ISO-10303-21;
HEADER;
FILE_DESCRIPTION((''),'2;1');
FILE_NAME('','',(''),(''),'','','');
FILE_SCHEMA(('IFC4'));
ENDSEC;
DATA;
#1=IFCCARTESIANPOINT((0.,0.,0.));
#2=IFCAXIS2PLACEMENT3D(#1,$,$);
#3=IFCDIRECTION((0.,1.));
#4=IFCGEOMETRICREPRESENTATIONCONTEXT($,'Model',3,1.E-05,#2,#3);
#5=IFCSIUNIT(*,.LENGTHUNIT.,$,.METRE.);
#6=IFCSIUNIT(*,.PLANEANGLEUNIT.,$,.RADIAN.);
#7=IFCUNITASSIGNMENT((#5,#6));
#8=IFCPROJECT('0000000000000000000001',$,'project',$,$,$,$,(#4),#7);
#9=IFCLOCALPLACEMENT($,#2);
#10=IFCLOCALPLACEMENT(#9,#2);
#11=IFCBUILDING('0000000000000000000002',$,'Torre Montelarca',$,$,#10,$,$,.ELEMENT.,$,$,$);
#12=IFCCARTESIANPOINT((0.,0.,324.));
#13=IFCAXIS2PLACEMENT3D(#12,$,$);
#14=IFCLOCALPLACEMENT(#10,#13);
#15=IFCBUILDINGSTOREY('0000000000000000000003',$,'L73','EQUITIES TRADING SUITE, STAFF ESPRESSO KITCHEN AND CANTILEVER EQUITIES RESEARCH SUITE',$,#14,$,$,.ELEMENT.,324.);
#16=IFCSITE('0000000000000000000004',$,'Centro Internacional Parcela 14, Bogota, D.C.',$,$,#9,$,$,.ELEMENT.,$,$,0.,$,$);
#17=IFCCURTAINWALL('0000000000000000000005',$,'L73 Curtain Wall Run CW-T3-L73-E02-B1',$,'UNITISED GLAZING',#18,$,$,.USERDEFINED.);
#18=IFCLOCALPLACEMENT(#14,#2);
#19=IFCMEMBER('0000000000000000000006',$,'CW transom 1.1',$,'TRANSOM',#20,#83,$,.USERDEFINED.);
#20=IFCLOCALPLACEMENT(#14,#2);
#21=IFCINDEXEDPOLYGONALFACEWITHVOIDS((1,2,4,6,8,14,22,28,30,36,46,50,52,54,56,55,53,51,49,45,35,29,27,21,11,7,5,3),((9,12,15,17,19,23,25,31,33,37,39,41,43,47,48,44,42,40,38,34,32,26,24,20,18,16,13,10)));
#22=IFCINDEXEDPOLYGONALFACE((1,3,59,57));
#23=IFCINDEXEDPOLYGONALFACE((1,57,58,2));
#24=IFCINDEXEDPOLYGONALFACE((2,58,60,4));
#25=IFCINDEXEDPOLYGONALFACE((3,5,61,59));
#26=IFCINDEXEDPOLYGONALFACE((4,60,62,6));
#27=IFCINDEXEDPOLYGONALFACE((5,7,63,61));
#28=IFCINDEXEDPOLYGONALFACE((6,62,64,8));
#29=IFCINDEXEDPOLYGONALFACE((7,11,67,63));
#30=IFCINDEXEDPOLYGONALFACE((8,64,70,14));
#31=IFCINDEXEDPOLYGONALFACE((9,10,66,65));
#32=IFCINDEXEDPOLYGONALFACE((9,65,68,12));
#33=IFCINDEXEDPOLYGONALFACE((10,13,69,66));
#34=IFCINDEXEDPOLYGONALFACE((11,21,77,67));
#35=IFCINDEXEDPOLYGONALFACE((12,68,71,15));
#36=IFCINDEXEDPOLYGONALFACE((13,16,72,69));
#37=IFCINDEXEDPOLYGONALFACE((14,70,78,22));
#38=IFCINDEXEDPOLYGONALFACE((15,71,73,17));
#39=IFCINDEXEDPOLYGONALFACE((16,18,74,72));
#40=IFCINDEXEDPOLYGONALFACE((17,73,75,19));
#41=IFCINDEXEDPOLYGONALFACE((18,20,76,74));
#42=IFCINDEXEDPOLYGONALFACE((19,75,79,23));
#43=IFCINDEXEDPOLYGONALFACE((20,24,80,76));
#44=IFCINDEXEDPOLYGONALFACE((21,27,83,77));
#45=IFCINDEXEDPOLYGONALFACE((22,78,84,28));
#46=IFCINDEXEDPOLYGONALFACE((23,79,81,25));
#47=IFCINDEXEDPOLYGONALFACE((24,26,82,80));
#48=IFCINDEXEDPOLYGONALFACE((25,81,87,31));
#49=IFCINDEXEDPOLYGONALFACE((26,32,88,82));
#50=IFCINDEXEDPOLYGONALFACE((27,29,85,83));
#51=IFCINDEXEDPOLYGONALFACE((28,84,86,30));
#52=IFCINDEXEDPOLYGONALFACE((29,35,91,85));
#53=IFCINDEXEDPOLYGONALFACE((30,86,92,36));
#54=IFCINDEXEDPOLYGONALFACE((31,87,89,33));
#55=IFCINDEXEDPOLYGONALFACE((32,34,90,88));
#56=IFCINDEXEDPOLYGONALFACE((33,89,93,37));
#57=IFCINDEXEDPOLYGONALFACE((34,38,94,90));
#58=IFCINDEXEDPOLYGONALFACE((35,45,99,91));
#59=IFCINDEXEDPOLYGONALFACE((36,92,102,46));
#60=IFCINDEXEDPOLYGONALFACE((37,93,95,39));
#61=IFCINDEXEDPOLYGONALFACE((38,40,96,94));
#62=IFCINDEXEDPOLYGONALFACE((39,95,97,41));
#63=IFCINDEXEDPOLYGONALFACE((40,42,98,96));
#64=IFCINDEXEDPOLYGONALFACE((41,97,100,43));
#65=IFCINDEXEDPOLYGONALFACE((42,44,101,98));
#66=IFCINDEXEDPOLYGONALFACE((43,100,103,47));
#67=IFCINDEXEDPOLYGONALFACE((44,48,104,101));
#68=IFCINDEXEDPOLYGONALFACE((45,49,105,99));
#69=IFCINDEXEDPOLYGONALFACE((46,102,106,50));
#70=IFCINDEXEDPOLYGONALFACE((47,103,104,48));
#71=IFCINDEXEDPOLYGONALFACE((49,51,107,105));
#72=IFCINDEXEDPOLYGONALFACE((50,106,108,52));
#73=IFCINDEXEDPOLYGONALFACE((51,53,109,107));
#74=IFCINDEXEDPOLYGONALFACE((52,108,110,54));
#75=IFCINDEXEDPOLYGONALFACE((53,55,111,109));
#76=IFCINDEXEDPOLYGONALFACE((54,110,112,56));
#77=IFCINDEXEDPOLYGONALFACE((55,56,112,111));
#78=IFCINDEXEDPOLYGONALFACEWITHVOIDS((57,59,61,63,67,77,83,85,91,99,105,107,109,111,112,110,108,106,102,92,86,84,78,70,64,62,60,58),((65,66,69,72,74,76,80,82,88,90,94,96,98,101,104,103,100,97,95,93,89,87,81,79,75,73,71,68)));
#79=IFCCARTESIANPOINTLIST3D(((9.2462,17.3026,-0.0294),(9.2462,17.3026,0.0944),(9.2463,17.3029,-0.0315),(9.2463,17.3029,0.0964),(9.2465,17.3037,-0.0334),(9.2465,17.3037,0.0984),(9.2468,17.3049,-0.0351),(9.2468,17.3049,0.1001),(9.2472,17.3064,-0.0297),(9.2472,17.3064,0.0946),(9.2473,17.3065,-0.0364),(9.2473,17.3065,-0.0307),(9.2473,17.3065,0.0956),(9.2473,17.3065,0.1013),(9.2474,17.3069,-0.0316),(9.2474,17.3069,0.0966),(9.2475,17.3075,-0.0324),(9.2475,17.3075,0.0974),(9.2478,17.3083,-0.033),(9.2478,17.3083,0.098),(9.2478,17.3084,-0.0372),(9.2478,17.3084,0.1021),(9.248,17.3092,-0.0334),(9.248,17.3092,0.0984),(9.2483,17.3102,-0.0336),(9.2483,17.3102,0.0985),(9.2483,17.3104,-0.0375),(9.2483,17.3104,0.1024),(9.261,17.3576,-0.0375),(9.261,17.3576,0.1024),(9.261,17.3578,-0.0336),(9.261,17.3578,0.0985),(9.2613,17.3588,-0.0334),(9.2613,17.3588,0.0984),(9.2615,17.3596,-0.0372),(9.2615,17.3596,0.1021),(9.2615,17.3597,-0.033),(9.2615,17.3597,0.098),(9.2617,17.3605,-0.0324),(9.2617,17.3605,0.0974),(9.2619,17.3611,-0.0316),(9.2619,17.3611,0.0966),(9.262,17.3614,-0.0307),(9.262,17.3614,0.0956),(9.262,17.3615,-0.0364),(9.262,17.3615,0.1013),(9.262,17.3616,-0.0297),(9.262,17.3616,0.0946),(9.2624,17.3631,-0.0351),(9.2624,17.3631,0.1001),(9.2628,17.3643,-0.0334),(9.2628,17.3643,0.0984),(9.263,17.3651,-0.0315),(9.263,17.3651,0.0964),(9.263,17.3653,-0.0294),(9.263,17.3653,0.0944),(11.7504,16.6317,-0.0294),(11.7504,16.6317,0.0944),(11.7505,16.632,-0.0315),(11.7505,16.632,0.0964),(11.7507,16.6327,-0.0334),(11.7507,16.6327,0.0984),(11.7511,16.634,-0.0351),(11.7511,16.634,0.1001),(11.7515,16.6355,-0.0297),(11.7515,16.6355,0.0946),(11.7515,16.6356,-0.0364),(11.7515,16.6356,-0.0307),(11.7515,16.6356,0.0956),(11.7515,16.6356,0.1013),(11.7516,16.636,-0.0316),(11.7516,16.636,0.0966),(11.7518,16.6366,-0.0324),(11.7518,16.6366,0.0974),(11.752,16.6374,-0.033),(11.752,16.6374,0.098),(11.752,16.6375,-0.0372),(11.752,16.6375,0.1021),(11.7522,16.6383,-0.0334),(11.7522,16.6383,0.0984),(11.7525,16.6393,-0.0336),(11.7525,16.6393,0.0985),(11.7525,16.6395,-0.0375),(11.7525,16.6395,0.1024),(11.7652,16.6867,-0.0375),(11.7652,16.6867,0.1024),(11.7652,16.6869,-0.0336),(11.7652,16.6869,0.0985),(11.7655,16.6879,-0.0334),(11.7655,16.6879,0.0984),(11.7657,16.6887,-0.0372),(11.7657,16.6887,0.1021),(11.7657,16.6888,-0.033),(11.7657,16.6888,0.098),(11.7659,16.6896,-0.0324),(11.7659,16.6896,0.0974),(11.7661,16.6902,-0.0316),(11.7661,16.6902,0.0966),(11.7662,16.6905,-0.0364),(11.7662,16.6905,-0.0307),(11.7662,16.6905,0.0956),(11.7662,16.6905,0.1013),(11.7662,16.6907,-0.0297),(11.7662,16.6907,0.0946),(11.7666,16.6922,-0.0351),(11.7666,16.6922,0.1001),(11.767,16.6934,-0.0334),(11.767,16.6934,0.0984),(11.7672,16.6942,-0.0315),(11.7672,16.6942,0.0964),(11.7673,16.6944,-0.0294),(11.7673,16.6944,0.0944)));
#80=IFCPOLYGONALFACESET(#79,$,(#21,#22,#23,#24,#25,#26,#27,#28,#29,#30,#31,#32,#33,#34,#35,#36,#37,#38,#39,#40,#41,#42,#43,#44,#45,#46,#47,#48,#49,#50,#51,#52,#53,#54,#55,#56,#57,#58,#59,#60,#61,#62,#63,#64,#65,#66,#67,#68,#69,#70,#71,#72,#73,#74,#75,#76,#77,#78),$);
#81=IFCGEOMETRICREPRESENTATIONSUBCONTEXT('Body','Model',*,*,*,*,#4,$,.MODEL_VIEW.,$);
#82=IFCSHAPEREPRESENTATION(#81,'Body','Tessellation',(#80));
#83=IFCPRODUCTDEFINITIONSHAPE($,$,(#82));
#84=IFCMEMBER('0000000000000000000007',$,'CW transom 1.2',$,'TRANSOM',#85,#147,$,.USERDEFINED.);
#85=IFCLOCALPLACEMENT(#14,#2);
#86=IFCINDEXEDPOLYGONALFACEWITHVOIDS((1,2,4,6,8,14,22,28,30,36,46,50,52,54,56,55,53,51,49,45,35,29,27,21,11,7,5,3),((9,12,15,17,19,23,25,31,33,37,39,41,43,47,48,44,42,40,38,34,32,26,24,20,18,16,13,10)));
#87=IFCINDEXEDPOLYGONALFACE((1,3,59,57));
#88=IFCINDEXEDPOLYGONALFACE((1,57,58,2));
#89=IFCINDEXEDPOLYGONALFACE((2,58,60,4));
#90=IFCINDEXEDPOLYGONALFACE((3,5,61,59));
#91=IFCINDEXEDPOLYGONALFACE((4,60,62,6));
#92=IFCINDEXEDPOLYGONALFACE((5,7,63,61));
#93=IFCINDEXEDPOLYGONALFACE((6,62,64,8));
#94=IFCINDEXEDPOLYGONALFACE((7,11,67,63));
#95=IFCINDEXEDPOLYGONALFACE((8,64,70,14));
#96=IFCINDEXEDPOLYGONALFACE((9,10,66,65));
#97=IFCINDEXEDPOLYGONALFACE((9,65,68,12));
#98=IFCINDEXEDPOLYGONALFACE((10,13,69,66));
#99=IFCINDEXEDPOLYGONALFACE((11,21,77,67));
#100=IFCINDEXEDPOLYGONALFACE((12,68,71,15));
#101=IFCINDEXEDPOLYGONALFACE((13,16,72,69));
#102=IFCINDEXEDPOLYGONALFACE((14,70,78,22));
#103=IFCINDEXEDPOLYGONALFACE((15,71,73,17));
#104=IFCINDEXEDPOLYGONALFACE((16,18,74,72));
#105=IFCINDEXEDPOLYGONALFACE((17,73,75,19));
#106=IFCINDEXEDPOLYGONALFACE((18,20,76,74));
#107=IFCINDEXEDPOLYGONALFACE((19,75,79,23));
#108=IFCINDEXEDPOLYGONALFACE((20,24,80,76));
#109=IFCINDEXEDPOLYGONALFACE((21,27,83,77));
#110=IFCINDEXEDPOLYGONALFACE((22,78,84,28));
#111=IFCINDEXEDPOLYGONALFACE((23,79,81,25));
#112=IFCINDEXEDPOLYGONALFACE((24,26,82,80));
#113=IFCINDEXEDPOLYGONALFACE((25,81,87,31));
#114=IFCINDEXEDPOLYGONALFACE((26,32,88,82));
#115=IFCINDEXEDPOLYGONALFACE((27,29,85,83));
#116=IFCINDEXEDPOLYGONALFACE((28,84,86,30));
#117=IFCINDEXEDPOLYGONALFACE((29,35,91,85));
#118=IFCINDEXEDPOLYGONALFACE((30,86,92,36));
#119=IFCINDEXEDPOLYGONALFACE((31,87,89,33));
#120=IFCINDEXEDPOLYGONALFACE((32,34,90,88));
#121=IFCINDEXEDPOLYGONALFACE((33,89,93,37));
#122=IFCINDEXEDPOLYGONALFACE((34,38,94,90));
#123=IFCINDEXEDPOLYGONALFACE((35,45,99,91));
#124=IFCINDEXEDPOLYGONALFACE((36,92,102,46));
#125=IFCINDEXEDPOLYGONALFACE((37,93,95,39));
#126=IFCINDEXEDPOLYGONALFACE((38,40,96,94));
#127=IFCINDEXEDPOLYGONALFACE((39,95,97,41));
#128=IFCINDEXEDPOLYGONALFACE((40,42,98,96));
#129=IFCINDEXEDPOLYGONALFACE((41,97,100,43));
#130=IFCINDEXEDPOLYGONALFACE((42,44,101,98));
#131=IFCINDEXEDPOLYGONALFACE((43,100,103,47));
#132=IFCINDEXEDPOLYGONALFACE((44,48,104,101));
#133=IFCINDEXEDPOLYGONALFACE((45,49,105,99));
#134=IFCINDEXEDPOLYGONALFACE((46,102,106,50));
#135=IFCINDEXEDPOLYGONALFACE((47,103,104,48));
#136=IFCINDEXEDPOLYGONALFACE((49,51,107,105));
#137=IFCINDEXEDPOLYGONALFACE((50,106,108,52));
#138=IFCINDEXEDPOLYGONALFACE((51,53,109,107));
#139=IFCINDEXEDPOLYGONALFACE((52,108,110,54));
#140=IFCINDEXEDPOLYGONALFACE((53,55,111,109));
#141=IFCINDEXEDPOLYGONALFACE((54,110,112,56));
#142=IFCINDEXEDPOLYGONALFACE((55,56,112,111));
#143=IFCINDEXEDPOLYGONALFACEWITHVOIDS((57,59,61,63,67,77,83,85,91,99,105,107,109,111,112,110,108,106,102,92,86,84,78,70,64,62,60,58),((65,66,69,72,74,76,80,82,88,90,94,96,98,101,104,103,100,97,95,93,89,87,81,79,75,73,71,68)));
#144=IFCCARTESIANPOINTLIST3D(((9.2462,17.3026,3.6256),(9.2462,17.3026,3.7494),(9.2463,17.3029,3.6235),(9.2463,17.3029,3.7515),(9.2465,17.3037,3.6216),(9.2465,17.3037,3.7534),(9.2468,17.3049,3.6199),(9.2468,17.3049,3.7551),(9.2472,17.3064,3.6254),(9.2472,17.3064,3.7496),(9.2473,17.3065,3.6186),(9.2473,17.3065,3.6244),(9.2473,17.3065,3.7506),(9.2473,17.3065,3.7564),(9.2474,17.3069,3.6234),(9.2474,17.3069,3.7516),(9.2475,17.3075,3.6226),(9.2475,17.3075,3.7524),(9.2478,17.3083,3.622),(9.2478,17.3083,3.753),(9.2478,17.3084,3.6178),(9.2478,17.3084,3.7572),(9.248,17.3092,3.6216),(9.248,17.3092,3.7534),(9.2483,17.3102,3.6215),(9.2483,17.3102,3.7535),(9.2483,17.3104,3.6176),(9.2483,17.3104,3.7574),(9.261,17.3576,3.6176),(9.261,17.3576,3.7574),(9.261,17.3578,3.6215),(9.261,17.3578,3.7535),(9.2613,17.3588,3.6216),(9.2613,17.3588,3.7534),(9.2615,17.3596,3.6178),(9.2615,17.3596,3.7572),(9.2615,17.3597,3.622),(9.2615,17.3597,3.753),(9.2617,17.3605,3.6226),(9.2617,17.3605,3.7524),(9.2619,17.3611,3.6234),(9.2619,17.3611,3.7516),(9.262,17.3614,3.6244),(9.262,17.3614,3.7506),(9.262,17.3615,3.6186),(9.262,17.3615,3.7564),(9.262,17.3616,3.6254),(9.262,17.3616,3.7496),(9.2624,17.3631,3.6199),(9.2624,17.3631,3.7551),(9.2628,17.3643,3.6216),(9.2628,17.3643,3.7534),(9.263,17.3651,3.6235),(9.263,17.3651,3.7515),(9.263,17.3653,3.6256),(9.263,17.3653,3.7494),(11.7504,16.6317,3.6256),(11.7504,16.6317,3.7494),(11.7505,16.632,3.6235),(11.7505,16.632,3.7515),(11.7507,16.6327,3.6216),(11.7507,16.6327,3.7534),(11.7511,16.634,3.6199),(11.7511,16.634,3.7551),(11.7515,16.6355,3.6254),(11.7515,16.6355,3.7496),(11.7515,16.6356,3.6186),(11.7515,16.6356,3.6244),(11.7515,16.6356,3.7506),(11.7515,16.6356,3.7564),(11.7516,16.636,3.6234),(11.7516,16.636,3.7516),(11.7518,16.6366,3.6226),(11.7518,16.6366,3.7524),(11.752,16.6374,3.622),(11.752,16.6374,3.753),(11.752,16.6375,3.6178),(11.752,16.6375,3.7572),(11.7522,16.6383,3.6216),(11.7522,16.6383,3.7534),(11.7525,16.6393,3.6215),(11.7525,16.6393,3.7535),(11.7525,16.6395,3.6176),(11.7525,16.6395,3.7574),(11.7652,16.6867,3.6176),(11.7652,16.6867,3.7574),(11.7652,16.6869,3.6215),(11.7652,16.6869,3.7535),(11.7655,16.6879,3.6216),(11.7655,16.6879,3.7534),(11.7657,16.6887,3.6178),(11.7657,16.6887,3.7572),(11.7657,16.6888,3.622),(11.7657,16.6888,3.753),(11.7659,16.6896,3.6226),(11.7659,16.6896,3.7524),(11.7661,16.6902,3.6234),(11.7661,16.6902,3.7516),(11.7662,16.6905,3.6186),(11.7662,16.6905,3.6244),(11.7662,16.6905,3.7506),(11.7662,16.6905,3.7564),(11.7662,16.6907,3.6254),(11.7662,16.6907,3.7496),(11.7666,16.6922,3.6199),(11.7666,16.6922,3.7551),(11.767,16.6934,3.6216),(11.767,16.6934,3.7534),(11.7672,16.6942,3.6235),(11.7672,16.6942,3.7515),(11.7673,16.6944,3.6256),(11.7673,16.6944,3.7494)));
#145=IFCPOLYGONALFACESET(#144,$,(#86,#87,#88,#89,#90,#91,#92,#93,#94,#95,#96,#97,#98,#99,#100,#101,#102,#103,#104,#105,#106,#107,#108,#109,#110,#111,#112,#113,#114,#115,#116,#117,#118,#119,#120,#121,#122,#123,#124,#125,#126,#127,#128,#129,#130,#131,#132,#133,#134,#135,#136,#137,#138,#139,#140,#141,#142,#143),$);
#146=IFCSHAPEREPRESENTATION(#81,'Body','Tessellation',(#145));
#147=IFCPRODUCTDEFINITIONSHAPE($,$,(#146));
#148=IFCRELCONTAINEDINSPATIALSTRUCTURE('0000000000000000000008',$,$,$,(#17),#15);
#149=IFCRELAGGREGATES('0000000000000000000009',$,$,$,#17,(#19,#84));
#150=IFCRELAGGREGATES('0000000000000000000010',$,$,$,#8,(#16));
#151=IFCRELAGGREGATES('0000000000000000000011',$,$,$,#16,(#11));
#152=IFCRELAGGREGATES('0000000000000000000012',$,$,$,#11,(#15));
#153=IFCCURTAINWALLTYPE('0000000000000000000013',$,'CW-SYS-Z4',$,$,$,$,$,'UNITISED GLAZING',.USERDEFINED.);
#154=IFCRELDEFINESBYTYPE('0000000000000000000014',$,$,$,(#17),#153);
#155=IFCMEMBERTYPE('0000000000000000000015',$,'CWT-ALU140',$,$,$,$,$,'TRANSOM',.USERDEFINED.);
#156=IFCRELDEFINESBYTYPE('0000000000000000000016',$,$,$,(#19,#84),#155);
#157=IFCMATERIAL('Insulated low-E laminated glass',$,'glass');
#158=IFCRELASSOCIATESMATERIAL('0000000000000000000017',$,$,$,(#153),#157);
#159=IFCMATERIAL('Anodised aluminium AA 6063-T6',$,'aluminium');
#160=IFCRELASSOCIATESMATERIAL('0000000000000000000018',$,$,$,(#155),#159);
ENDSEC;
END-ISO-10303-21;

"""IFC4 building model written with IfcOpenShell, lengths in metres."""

from ifc_helpers import new_model, si_unit, direction, frame, origin, origin_2d, place, context, subcontext, project, spatial, hollow_rectangle, extrude, source, transform, mapped, material, material_profile, profile_set, type_object, element, aggregate, save


model = new_model("IFC4")

# Units and contexts
model_context = context("Model", 3, precision=1e-05, world=origin(), true_north=direction((0.0, 1.0)))
body_context = subcontext(model_context, "Body", "Model", "MODEL_VIEW")
ifc_project = project(units=[si_unit("LENGTHUNIT", "METRE"), si_unit("PLANEANGLEUNIT", "RADIAN")], contexts=[model_context])

# Site, building, storey
site_placement = place(None, origin())
site = spatial("IfcSite", under=ifc_project, at=site_placement, Name="Centro Internacional Parcela 14, Bogota, D.C.", CompositionType="ELEMENT", RefElevation=0.0)
building_placement = place(site_placement, origin())
building = spatial("IfcBuilding", under=site, at=building_placement, Name="Torre Montelarca", CompositionType="ELEMENT")
storey_placement = place(building_placement, frame((0.0, 0.0, 324.0)))
storey = spatial("IfcBuildingStorey", under=building, at=storey_placement, Name="L73", Description="EQUITIES TRADING SUITE, STAFF ESPRESSO KITCHEN AND CANTILEVER EQUITIES RESEARCH SUITE", CompositionType="ELEMENT", Elevation=324.0)

# Curtain wall, members
ifc_material_1 = material(Name="Insulated low-E laminated glass", Category="glass")
curtain_wall_type = type_object("IfcCurtainWallType", Name="CW-SYS-Z4", ElementType="UNITISED GLAZING", PredefinedType="USERDEFINED", material=ifc_material_1)
ifc_material_2 = material(Name="Anodised aluminium AA 6063-T6", Category="aluminium")
curtain_wall_1_placement = place(storey_placement, origin())
curtain_wall_1 = element("IfcCurtainWall", 1, at=curtain_wall_1_placement, inside=storey, type_object=curtain_wall_type, Name="L73 Curtain Wall Run CW-T3-L73-E02-B1", ObjectType="UNITISED GLAZING", PredefinedType="USERDEFINED")
ifc_material_profile_1 = material_profile(ifc_material_2, hollow_rectangle(XDim=0.0649, YDim=0.1399, WallThickness=0.0039, InnerFilletRadius=0.0039, OuterFilletRadius=0.0081, at=origin_2d()), Name="ALU65X140X4", Category="aluminium")
ifc_profile_set_1 = profile_set([ifc_material_profile_1], Name="Anodised aluminium AA 6063-T6")
member_type_1 = type_object("IfcMemberType", Name="CWT-ALU140", ElementType="TRANSOM", PredefinedType="USERDEFINED", material=ifc_profile_set_1)
shared_shape_1 = source(origin(), body_context, "Body", "SweptSolid", [
    extrude(hollow_rectangle(XDim=0.0649, YDim=0.1399, WallThickness=0.0039, InnerFilletRadius=0.0039, OuterFilletRadius=0.0081, at=origin_2d()), origin(), (0.0, 0.0, 1.0), 2.5925),
])
member_1_placement = place(storey_placement, frame((9.2546, 17.334, 0.0325), z_axis=(0.965934, -0.258788, 0.0), x_axis=(0.258788, 0.965934, 0.0)))
member_1 = element("IfcMember", 2, at=member_1_placement, type_object=member_type_1, Name="CW transom 1.1", ObjectType="TRANSOM", PredefinedType="USERDEFINED", context=body_context, shape_type="MappedRepresentation", body=[
    mapped(shared_shape_1, transform((0.0, 0.0, 0.0), scale=1.0)),
])
member_2_placement = place(storey_placement, frame((9.2546, 17.334, 3.6875), z_axis=(0.965934, -0.258788, 0.0), x_axis=(0.258788, 0.965934, 0.0)))
member_2 = element("IfcMember", 3, at=member_2_placement, type_object=member_type_1, Name="CW transom 1.2", ObjectType="TRANSOM", PredefinedType="USERDEFINED", context=body_context, shape_type="MappedRepresentation", body=[
    mapped(shared_shape_1, transform((0.0, 0.0, 0.0), scale=1.0)),
])

aggregate(curtain_wall_1, [member_1, member_2])

save(model, "model.ifc")
